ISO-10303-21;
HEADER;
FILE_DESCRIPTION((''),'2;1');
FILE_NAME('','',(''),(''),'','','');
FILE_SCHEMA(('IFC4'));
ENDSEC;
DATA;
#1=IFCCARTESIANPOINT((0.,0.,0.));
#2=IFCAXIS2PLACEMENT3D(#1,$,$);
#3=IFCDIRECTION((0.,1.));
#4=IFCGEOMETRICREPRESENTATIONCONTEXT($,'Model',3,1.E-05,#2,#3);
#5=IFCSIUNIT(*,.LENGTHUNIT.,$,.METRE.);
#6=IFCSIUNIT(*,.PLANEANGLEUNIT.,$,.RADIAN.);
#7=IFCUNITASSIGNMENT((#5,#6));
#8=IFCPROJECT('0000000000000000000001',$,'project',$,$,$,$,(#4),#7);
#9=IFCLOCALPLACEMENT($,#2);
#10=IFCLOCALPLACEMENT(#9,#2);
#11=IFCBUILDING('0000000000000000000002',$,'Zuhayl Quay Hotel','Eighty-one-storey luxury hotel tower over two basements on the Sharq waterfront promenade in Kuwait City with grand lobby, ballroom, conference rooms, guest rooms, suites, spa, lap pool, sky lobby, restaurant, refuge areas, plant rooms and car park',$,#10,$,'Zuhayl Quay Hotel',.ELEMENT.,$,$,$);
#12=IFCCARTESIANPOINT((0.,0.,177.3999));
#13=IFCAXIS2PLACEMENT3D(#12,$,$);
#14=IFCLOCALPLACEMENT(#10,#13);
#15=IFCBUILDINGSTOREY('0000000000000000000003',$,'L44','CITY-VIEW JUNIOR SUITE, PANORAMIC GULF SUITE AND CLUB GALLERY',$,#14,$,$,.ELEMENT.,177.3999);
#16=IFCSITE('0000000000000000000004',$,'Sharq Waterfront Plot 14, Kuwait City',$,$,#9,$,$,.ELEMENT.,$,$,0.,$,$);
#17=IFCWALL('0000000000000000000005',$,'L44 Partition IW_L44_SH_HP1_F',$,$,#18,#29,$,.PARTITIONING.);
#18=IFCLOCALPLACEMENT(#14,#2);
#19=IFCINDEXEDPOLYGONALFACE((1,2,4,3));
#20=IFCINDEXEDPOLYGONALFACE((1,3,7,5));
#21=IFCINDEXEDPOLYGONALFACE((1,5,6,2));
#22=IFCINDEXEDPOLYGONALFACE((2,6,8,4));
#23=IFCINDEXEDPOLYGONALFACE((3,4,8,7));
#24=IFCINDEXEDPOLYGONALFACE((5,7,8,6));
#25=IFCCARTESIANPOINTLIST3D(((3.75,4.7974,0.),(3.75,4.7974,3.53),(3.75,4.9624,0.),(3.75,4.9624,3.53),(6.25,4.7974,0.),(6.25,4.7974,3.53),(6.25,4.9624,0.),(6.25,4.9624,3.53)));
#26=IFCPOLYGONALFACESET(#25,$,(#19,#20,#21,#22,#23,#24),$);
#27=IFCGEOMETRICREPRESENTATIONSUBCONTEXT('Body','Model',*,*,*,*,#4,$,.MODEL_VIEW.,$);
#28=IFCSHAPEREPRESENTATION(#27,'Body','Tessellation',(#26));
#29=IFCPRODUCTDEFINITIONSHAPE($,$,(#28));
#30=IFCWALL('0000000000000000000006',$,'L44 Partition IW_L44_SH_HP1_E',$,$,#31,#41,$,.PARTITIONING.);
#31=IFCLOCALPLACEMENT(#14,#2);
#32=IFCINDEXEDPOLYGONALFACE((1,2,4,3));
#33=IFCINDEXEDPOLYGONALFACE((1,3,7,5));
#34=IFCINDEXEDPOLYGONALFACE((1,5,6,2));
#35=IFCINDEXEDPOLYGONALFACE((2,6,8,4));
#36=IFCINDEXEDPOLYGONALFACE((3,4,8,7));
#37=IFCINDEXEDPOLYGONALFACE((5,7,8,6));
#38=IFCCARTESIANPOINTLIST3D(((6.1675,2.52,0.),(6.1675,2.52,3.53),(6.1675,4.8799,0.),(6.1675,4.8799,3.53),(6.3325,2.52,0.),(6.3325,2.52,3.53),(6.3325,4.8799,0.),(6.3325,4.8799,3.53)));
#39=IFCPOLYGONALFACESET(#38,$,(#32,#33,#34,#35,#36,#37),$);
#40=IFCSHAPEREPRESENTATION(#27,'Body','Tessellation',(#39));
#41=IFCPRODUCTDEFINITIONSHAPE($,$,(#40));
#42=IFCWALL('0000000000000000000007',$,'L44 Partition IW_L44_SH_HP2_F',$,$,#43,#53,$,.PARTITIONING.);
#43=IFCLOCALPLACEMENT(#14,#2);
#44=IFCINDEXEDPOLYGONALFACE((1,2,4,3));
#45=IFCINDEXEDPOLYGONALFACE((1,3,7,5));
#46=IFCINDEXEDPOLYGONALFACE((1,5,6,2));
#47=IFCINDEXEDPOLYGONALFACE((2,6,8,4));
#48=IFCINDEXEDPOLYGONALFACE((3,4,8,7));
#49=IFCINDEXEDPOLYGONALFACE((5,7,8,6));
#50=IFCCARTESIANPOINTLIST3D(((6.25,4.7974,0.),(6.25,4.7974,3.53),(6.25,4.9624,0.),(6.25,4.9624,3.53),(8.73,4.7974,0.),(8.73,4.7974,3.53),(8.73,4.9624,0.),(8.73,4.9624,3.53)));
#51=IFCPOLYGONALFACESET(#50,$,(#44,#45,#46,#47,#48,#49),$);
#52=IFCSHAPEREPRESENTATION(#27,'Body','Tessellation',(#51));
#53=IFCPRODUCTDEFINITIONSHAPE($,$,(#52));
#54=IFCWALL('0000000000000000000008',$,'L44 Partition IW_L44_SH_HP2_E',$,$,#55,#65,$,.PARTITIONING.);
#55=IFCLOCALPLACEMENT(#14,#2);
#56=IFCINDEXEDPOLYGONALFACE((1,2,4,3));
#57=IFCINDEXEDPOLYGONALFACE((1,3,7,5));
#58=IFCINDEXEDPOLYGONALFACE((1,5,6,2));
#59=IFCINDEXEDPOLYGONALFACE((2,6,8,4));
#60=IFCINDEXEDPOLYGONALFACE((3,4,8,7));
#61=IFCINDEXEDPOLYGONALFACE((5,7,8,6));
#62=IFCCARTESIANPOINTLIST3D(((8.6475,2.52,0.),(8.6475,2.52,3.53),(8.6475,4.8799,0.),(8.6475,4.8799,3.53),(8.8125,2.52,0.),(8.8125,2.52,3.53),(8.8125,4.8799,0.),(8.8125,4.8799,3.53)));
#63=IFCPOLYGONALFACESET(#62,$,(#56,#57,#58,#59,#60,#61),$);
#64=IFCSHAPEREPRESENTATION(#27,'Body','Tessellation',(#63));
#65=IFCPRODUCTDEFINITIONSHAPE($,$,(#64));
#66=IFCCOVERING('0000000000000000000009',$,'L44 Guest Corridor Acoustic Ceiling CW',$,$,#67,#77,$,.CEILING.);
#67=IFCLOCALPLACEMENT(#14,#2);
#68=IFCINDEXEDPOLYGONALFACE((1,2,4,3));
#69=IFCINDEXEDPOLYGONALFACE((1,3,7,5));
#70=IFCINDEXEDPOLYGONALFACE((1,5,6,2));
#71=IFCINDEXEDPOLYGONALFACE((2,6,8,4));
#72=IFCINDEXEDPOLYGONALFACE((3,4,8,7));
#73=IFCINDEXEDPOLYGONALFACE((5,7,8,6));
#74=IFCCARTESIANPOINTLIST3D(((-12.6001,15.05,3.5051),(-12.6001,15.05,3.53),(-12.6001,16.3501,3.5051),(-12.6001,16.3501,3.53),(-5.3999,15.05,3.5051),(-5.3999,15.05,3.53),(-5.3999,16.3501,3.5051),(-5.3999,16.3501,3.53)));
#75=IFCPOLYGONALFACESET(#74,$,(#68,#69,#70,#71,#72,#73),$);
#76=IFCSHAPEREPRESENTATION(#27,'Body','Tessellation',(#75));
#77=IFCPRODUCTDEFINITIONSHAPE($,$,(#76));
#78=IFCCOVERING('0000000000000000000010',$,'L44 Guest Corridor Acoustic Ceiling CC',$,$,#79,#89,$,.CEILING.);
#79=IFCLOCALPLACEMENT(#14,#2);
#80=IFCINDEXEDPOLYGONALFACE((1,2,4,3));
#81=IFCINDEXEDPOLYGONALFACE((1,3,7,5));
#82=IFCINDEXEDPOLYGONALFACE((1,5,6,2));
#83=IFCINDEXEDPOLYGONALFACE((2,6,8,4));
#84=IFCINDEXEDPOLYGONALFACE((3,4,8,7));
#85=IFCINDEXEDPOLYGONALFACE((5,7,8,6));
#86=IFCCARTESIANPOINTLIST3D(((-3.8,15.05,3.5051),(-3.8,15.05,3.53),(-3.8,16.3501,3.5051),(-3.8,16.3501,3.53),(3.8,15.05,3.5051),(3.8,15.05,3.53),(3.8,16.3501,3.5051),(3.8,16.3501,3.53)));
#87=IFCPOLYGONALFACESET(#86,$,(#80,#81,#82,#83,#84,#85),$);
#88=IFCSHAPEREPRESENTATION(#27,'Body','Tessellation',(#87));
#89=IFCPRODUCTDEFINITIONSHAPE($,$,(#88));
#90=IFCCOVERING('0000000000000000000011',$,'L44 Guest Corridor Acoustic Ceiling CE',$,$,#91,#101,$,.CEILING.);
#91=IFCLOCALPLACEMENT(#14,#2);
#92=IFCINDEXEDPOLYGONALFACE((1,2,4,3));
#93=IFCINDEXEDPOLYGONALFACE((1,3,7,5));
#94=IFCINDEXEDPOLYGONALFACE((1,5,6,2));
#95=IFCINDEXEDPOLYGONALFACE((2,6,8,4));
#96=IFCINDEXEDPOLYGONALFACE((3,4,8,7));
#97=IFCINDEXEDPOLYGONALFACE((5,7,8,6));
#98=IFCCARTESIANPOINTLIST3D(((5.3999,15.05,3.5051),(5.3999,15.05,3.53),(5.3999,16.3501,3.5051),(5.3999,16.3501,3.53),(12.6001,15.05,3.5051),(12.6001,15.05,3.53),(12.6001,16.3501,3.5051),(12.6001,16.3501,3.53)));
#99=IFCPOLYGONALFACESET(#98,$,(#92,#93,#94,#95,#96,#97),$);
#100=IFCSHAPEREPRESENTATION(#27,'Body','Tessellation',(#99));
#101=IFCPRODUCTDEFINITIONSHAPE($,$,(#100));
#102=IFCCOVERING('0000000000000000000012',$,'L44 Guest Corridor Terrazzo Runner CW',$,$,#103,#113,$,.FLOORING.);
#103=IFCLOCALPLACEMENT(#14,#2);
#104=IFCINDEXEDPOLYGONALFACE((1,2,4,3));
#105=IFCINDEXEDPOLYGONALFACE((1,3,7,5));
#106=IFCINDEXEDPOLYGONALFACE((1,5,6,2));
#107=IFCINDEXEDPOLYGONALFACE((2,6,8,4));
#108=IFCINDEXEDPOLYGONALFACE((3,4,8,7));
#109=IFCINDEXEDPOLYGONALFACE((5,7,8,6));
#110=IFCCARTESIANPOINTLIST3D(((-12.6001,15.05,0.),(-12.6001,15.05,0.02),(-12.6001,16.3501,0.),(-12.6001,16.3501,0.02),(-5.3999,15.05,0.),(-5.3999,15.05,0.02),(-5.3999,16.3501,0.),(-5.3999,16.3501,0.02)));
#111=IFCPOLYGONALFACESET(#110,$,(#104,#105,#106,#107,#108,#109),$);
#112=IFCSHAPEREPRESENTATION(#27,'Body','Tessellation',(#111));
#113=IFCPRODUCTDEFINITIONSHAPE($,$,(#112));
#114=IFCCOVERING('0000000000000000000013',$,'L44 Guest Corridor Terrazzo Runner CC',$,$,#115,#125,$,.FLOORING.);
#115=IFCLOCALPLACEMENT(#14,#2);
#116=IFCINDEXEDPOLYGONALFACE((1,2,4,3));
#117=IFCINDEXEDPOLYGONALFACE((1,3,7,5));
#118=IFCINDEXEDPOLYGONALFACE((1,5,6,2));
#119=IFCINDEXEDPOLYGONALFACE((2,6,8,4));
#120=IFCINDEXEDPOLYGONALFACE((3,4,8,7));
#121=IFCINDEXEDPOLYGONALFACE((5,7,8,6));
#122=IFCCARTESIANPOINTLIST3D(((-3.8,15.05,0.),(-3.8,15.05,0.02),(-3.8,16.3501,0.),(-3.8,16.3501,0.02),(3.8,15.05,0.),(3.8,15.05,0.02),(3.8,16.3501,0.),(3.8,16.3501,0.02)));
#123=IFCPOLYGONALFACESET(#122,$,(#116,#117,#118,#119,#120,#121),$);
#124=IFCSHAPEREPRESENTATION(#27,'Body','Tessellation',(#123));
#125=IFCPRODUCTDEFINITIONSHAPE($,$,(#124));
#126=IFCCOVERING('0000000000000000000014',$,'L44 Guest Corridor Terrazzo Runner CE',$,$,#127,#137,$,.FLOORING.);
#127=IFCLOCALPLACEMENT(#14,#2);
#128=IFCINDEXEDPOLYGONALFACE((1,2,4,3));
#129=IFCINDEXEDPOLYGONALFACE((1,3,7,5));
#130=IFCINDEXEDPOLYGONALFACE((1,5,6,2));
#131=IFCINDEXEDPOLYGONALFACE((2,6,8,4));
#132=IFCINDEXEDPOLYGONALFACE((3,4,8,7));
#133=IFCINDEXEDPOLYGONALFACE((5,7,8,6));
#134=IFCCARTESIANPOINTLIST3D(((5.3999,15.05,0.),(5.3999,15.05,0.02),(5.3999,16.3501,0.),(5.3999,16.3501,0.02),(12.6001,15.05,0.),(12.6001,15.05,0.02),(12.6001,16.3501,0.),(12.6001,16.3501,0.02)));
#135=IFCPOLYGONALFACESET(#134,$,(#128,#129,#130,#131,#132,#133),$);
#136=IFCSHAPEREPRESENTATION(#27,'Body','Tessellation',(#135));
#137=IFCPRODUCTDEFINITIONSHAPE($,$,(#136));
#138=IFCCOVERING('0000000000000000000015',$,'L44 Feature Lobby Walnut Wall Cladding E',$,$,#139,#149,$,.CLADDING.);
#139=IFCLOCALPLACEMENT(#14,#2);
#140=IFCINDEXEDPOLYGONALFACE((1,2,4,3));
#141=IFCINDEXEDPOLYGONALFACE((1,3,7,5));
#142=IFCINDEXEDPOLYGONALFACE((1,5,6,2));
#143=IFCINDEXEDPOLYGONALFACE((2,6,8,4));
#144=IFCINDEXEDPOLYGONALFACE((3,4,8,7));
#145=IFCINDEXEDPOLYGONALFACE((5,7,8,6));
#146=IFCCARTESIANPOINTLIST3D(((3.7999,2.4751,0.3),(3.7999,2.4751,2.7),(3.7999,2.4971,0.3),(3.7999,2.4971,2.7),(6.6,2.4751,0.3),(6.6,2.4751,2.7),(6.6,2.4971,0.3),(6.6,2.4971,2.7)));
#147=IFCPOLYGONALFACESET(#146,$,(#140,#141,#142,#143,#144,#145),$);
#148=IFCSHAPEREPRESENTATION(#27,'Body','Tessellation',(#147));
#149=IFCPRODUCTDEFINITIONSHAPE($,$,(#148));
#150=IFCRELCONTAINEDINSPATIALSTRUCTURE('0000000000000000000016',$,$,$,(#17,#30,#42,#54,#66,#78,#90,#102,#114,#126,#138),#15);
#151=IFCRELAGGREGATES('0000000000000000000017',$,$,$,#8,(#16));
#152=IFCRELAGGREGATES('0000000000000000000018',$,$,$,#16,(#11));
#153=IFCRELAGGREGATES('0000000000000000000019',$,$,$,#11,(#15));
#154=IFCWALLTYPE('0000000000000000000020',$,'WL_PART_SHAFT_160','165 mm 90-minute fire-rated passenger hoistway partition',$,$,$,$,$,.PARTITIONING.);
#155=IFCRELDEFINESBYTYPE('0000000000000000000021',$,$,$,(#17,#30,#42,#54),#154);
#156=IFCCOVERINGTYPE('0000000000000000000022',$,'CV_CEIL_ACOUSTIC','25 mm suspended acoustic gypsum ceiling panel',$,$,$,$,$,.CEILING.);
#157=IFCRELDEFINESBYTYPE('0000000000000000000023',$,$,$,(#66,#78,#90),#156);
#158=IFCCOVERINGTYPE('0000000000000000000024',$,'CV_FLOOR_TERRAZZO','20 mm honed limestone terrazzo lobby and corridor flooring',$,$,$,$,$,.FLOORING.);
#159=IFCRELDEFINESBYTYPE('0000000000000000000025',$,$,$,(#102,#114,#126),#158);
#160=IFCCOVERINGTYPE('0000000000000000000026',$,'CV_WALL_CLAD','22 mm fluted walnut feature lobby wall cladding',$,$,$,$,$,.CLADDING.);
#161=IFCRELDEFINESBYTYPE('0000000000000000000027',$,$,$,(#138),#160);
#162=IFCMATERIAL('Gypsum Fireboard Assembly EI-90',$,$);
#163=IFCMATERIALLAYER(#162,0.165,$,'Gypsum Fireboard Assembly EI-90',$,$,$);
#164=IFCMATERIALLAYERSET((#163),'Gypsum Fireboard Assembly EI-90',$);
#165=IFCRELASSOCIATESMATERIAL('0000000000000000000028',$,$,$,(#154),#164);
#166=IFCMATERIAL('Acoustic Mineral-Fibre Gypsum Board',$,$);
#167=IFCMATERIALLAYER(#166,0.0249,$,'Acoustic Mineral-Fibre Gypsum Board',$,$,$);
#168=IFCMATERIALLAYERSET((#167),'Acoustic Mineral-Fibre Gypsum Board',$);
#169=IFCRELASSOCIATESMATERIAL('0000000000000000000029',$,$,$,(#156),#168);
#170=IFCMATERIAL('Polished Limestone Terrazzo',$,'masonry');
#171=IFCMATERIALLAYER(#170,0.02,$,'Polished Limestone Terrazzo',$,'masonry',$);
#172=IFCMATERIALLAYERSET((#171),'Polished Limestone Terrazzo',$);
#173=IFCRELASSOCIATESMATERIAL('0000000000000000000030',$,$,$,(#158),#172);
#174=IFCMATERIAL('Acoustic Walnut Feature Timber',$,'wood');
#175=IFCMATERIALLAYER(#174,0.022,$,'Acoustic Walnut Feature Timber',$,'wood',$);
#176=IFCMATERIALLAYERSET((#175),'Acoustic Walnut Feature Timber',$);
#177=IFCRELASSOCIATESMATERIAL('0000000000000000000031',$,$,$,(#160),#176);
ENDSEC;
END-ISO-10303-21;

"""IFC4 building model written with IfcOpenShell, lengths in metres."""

from ifc_helpers import new_model, si_unit, direction, frame, frame_2d, origin, origin_2d, place, context, subcontext, project, spatial, polyline, rectangle, outline, extrude, material, layer, layer_set, type_object, element, save


model = new_model("IFC4")

# Units and contexts
model_context = context("Model", 3, precision=1e-05, world=origin(), true_north=direction((0.0, 1.0)))
body_context = subcontext(model_context, "Body", "Model", "MODEL_VIEW")
ifc_project = project(units=[si_unit("LENGTHUNIT", "METRE"), si_unit("PLANEANGLEUNIT", "RADIAN")], contexts=[model_context])

# Site, building, storey
site_placement = place(None, origin())
site = spatial("IfcSite", under=ifc_project, at=site_placement, Name="Sharq Waterfront Plot 14, Kuwait City", CompositionType="ELEMENT", RefElevation=0.0)
building_placement = place(site_placement, origin())
building = spatial("IfcBuilding", under=site, at=building_placement, Name="Zuhayl Quay Hotel", Description="Eighty-one-storey luxury hotel tower over two basements on the Sharq waterfront promenade in Kuwait City with grand lobby, ballroom, conference rooms, guest rooms, suites, spa, lap pool, sky lobby, restaurant, refuge areas, plant rooms and car park", LongName="Zuhayl Quay Hotel", CompositionType="ELEMENT")
storey_placement = place(building_placement, frame((0.0, 0.0, 177.3999)))
storey = spatial("IfcBuildingStorey", under=building, at=storey_placement, Name="L44", Description="CITY-VIEW JUNIOR SUITE, PANORAMIC GULF SUITE AND CLUB GALLERY", CompositionType="ELEMENT", Elevation=177.3999)

# Shared definitions
ifc_material_1 = material(Name="Gypsum Fireboard Assembly EI-90")
ifc_layer_1 = layer(ifc_material_1, 0.165, Name="Gypsum Fireboard Assembly EI-90")
ifc_layer_set_1 = layer_set([ifc_layer_1], Name="Gypsum Fireboard Assembly EI-90")
wall_type_1 = type_object("IfcWallType", Name="WL_PART_SHAFT_160", Description="165 mm 90-minute fire-rated passenger hoistway partition", PredefinedType="PARTITIONING", material=ifc_layer_set_1)

# Walls
wall_1_placement = place(storey_placement, frame((3.75, 4.8799, 0.0), z_axis=(0.0, 0.0, 1.0), x_axis=(1.0, 0.0, 0.0)))
element("IfcWall", 1, at=wall_1_placement, inside=storey, type_object=wall_type_1, Name="L44 Partition IW_L44_SH_HP1_F", PredefinedType="PARTITIONING", context=body_context, shape_type="SweptSolid", body=[
    extrude(rectangle(XDim=2.5, YDim=0.165, at=frame_2d((1.25, 0.0))), origin(), (0.0, 0.0, 1.0), 3.53),
])
wall_2_placement = place(storey_placement, frame((6.25, 2.52, 0.0), z_axis=(0.0, 0.0, 1.0), x_axis=(0.0, 1.0, 0.0)))
element("IfcWall", 2, at=wall_2_placement, inside=storey, type_object=wall_type_1, Name="L44 Partition IW_L44_SH_HP1_E", PredefinedType="PARTITIONING", context=body_context, shape_type="SweptSolid", body=[
    extrude(rectangle(XDim=2.3599, YDim=0.165, at=frame_2d((1.1799, 0.0))), origin(), (0.0, 0.0, 1.0), 3.53),
])
wall_3_placement = place(storey_placement, frame((6.25, 4.8799, 0.0), z_axis=(0.0, 0.0, 1.0), x_axis=(1.0, 0.0, 0.0)))
element("IfcWall", 3, at=wall_3_placement, inside=storey, type_object=wall_type_1, Name="L44 Partition IW_L44_SH_HP2_F", PredefinedType="PARTITIONING", context=body_context, shape_type="SweptSolid", body=[
    extrude(rectangle(XDim=2.48, YDim=0.165, at=frame_2d((1.24, 0.0))), origin(), (0.0, 0.0, 1.0), 3.53),
])
wall_4_placement = place(storey_placement, frame((8.73, 2.52, 0.0), z_axis=(0.0, 0.0, 1.0), x_axis=(0.0, 1.0, 0.0)))
element("IfcWall", 4, at=wall_4_placement, inside=storey, type_object=wall_type_1, Name="L44 Partition IW_L44_SH_HP2_E", PredefinedType="PARTITIONING", context=body_context, shape_type="SweptSolid", body=[
    extrude(rectangle(XDim=2.3599, YDim=0.165, at=frame_2d((1.1799, 0.0))), origin(), (0.0, 0.0, 1.0), 3.53),
])

# Coverings
ifc_material_2 = material(Name="Acoustic Mineral-Fibre Gypsum Board")
ifc_layer_2 = layer(ifc_material_2, 0.0249, Name="Acoustic Mineral-Fibre Gypsum Board")
ifc_layer_set_2 = layer_set([ifc_layer_2], Name="Acoustic Mineral-Fibre Gypsum Board")
covering_type_1 = type_object("IfcCoveringType", Name="CV_CEIL_ACOUSTIC", Description="25 mm suspended acoustic gypsum ceiling panel", PredefinedType="CEILING", material=ifc_layer_set_2)
covering_1_placement = place(storey_placement, frame((0.0, 0.0, 3.5051)))
element("IfcCovering", 5, at=covering_1_placement, inside=storey, type_object=covering_type_1, Name="L44 Guest Corridor Acoustic Ceiling CW", PredefinedType="CEILING", context=body_context, shape_type="SweptSolid", body=[
    extrude(outline(polyline([(-12.6001, 15.05), (-5.3999, 15.05), (-5.3999, 16.3501), (-12.6001, 16.3501), (-12.6001, 15.05)])), origin(), (0.0, 0.0, 1.0), 0.0249),
])
covering_2_placement = place(storey_placement, frame((0.0, 0.0, 3.5051)))
element("IfcCovering", 6, at=covering_2_placement, inside=storey, type_object=covering_type_1, Name="L44 Guest Corridor Acoustic Ceiling CC", PredefinedType="CEILING", context=body_context, shape_type="SweptSolid", body=[
    extrude(outline(polyline([(-3.8, 15.05), (3.8, 15.05), (3.8, 16.3501), (-3.8, 16.3501), (-3.8, 15.05)])), origin(), (0.0, 0.0, 1.0), 0.0249),
])
covering_3_placement = place(storey_placement, frame((0.0, 0.0, 3.5051)))
element("IfcCovering", 7, at=covering_3_placement, inside=storey, type_object=covering_type_1, Name="L44 Guest Corridor Acoustic Ceiling CE", PredefinedType="CEILING", context=body_context, shape_type="SweptSolid", body=[
    extrude(outline(polyline([(5.3999, 15.05), (12.6001, 15.05), (12.6001, 16.3501), (5.3999, 16.3501), (5.3999, 15.05)])), origin(), (0.0, 0.0, 1.0), 0.0249),
])
ifc_material_3 = material(Name="Polished Limestone Terrazzo", Category="masonry")
ifc_layer_3 = layer(ifc_material_3, 0.02, Name="Polished Limestone Terrazzo", Category="masonry")
ifc_layer_set_3 = layer_set([ifc_layer_3], Name="Polished Limestone Terrazzo")
covering_type_2 = type_object("IfcCoveringType", Name="CV_FLOOR_TERRAZZO", Description="20 mm honed limestone terrazzo lobby and corridor flooring", PredefinedType="FLOORING", material=ifc_layer_set_3)
covering_4_placement = place(storey_placement, origin())
element("IfcCovering", 8, at=covering_4_placement, inside=storey, type_object=covering_type_2, Name="L44 Guest Corridor Terrazzo Runner CW", PredefinedType="FLOORING", context=body_context, shape_type="SweptSolid", body=[
    extrude(outline(polyline([(-12.6001, 15.05), (-5.3999, 15.05), (-5.3999, 16.3501), (-12.6001, 16.3501), (-12.6001, 15.05)])), origin(), (0.0, 0.0, 1.0), 0.02),
])
covering_5_placement = place(storey_placement, origin())
element("IfcCovering", 9, at=covering_5_placement, inside=storey, type_object=covering_type_2, Name="L44 Guest Corridor Terrazzo Runner CC", PredefinedType="FLOORING", context=body_context, shape_type="SweptSolid", body=[
    extrude(outline(polyline([(-3.8, 15.05), (3.8, 15.05), (3.8, 16.3501), (-3.8, 16.3501), (-3.8, 15.05)])), origin(), (0.0, 0.0, 1.0), 0.02),
])
covering_6_placement = place(storey_placement, origin())
element("IfcCovering", 10, at=covering_6_placement, inside=storey, type_object=covering_type_2, Name="L44 Guest Corridor Terrazzo Runner CE", PredefinedType="FLOORING", context=body_context, shape_type="SweptSolid", body=[
    extrude(outline(polyline([(5.3999, 15.05), (12.6001, 15.05), (12.6001, 16.3501), (5.3999, 16.3501), (5.3999, 15.05)])), origin(), (0.0, 0.0, 1.0), 0.02),
])
ifc_material_4 = material(Name="Acoustic Walnut Feature Timber", Category="wood")
ifc_layer_4 = layer(ifc_material_4, 0.022, Name="Acoustic Walnut Feature Timber", Category="wood")
ifc_layer_set_4 = layer_set([ifc_layer_4], Name="Acoustic Walnut Feature Timber")
covering_type_3 = type_object("IfcCoveringType", Name="CV_WALL_CLAD", Description="22 mm fluted walnut feature lobby wall cladding", PredefinedType="CLADDING", material=ifc_layer_set_4)
covering_7_placement = place(storey_placement, frame((5.2, 2.4861, 0.3), z_axis=(0.0, 0.0, 1.0), x_axis=(1.0, 0.0, 0.0)))
element("IfcCovering", 11, at=covering_7_placement, inside=storey, type_object=covering_type_3, Name="L44 Feature Lobby Walnut Wall Cladding E", PredefinedType="CLADDING", context=body_context, shape_type="SweptSolid", body=[
    extrude(rectangle(XDim=2.8, YDim=0.022, at=origin_2d()), origin(), (0.0, 0.0, 1.0), 2.3999),
])

save(model, "model.ifc")
